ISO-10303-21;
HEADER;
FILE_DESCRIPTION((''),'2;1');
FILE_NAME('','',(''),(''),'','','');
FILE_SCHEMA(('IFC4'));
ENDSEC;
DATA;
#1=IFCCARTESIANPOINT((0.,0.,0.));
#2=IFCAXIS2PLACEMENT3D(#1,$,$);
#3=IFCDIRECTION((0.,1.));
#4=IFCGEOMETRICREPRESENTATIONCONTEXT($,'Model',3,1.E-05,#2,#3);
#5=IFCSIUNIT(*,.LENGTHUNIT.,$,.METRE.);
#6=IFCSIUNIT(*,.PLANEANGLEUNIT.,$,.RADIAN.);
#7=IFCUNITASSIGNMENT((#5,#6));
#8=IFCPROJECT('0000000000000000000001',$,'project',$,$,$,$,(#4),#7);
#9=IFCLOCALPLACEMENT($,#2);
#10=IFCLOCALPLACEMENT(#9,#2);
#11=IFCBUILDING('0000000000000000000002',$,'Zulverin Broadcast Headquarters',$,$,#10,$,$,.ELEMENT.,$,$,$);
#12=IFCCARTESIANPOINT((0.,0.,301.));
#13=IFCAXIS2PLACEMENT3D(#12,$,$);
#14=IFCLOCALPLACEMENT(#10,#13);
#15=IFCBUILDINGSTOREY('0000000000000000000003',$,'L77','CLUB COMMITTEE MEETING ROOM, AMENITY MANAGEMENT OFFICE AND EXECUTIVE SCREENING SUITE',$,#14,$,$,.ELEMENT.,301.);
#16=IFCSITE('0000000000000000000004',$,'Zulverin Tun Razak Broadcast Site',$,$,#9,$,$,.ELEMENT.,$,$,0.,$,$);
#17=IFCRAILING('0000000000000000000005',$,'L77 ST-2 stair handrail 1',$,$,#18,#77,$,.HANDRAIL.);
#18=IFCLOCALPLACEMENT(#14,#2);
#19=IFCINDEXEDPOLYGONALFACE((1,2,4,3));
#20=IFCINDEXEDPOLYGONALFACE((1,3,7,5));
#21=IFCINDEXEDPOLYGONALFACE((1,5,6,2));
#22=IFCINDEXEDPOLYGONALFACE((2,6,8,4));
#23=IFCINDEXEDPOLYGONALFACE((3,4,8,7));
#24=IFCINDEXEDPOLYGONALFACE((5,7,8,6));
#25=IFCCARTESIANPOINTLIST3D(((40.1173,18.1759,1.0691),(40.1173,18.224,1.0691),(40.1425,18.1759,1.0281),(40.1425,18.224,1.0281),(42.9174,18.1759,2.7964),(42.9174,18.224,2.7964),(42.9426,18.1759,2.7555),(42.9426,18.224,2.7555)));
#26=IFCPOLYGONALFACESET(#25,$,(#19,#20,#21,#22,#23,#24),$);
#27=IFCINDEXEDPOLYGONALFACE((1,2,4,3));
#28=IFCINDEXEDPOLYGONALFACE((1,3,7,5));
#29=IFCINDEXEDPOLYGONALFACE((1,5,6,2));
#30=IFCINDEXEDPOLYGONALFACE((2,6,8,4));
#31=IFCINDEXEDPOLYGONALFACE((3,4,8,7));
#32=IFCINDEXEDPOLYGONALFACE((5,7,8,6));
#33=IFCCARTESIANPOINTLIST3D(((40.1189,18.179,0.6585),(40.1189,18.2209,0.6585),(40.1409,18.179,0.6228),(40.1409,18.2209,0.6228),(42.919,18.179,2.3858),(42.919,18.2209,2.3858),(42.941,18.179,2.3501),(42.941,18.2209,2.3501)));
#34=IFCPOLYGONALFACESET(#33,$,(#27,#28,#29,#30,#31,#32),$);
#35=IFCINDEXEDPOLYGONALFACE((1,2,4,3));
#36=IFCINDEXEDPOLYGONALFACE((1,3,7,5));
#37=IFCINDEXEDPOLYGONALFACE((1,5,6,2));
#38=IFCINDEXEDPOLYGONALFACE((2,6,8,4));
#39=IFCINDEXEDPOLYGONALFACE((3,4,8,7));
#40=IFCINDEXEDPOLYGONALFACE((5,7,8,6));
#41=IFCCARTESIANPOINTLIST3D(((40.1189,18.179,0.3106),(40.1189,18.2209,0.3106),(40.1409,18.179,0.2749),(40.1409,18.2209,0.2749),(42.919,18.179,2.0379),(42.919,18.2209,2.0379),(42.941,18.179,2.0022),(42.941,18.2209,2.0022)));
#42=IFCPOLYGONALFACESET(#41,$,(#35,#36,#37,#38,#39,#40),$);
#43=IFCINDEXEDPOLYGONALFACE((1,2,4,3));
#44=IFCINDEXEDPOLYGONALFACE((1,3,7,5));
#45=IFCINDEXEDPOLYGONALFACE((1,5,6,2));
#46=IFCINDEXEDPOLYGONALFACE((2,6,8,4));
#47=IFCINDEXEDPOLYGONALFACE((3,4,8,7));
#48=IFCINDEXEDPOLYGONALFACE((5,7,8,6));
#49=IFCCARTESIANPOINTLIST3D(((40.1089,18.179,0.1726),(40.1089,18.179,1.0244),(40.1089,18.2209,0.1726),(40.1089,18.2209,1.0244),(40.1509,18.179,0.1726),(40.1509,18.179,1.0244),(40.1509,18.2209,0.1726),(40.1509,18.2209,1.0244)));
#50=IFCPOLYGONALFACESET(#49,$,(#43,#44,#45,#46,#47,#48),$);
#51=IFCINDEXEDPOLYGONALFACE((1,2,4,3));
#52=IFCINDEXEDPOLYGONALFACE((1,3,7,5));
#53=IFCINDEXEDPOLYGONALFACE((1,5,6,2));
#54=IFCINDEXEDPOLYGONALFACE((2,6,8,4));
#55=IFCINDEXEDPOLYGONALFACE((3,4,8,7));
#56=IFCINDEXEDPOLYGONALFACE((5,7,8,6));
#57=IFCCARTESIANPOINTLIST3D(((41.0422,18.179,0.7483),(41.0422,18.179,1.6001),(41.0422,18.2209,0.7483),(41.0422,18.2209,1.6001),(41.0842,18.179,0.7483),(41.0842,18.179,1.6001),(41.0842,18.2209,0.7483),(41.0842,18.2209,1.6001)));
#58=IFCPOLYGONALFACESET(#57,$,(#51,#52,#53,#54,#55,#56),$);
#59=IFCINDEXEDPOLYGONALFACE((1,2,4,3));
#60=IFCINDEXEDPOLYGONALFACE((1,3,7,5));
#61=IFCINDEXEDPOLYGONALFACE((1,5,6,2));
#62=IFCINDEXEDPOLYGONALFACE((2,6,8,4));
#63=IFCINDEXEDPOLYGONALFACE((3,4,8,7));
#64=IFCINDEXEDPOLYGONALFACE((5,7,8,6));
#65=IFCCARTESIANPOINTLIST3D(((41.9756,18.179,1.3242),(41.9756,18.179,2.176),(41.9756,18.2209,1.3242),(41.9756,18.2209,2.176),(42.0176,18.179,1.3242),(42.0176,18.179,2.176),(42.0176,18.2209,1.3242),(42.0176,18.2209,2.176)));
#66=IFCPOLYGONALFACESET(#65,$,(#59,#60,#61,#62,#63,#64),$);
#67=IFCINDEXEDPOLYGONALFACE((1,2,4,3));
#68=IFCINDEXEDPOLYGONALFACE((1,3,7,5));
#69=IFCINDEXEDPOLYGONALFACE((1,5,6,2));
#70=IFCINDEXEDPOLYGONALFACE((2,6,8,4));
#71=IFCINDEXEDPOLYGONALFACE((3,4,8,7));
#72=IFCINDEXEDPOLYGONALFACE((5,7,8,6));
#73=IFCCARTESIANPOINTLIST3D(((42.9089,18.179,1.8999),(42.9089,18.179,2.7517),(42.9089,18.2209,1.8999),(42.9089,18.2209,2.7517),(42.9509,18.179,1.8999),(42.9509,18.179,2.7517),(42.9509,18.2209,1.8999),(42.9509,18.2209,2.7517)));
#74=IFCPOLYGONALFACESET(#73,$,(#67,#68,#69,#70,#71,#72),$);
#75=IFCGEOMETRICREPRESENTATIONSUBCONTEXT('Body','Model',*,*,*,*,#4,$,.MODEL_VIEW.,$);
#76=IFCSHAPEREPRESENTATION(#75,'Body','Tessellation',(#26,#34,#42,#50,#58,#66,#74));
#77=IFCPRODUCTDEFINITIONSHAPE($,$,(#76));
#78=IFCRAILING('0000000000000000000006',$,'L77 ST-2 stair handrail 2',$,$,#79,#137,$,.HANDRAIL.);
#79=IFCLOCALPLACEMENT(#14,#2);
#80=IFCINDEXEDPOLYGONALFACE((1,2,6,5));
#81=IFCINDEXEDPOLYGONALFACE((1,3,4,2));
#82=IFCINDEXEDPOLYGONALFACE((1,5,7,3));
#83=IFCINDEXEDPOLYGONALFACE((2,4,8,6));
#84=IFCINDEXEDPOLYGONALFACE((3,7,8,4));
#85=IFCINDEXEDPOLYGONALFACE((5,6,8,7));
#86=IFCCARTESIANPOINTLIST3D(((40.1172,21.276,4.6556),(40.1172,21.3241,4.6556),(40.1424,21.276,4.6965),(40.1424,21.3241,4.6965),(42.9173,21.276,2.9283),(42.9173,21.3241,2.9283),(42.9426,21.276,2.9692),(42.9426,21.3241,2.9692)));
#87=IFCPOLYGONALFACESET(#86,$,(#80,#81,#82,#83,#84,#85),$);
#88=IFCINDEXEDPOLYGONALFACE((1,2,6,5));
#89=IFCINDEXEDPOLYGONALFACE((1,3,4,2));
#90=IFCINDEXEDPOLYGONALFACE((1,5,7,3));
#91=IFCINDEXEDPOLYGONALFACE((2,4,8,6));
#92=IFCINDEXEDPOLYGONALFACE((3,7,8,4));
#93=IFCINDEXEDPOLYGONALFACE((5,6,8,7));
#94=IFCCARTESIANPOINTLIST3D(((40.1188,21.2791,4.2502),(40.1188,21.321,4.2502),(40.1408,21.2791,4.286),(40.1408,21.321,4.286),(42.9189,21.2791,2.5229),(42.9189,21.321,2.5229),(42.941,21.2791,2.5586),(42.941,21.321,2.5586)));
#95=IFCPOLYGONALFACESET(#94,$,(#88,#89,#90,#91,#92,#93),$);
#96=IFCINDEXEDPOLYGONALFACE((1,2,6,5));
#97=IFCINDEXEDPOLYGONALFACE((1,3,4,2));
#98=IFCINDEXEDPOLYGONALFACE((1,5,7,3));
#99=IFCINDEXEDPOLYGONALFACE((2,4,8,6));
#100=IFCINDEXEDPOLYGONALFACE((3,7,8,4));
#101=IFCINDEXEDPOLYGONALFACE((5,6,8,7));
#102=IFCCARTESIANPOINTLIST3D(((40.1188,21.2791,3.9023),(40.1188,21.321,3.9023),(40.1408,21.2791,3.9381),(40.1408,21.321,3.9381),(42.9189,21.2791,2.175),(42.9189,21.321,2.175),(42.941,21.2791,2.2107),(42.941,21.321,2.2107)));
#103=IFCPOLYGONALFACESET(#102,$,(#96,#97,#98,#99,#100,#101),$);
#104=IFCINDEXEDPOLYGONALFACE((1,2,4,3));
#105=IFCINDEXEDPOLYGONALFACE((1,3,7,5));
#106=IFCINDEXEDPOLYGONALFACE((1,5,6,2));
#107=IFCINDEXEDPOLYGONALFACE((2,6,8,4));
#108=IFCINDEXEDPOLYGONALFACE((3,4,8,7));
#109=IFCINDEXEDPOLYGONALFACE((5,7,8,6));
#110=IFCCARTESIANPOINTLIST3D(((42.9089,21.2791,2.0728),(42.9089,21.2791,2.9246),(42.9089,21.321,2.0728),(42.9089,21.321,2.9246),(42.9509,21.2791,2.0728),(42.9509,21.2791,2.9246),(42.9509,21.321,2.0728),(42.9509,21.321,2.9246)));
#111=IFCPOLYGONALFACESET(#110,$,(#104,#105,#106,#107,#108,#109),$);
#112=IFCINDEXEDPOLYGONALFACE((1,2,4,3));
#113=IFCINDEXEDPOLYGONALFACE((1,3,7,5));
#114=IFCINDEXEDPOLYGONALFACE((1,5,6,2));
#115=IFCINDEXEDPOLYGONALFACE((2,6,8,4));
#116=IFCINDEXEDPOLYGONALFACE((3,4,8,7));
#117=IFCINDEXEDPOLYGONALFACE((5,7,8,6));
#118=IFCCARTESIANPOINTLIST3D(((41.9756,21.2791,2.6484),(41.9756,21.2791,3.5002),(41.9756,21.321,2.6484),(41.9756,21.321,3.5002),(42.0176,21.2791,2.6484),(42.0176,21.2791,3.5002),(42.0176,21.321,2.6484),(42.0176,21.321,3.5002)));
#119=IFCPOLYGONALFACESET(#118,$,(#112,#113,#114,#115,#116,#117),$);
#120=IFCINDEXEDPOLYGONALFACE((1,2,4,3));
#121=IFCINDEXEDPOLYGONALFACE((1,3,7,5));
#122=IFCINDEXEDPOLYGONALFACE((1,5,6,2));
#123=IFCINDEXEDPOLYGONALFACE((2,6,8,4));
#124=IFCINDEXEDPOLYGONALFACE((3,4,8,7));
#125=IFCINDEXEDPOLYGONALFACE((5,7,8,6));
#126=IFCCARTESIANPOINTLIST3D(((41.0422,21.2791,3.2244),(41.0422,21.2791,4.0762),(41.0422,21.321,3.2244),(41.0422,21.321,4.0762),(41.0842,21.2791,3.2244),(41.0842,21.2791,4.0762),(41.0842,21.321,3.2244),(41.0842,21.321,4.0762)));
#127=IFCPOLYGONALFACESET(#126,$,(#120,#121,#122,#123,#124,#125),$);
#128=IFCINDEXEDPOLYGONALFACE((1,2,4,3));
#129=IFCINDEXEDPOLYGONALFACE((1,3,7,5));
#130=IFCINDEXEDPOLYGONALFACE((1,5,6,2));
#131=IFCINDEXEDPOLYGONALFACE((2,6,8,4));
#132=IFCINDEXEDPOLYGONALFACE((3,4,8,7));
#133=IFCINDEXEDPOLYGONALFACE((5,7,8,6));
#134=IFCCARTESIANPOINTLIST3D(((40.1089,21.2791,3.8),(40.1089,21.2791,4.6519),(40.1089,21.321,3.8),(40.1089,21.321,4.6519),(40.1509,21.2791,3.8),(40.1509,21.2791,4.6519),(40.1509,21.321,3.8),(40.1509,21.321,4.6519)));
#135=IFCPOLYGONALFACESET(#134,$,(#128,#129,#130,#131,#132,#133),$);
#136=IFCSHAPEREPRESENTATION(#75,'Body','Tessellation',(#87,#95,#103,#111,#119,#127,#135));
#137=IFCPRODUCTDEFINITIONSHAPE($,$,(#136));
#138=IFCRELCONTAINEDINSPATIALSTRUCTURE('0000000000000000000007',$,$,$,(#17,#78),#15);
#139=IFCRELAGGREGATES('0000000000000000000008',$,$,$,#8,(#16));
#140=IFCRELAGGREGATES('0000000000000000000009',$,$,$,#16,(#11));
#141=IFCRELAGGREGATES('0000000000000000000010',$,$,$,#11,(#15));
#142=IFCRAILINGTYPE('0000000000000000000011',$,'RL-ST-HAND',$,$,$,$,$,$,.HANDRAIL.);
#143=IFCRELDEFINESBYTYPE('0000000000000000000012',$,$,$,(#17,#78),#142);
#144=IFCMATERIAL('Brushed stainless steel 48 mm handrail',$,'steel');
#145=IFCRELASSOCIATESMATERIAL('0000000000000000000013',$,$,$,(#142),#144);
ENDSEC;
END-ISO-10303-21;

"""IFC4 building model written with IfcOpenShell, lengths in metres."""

from ifc_helpers import new_model, si_unit, direction, frame, origin, origin_2d, place, context, subcontext, project, spatial, rectangle, extrude, material, type_object, element, save


model = new_model("IFC4")

# Units and contexts
model_context = context("Model", 3, precision=1e-05, world=origin(), true_north=direction((0.0, 1.0)))
body_context = subcontext(model_context, "Body", "Model", "MODEL_VIEW")
ifc_project = project(units=[si_unit("LENGTHUNIT", "METRE"), si_unit("PLANEANGLEUNIT", "RADIAN")], contexts=[model_context])

# Site, building, storey
site_placement = place(None, origin())
site = spatial("IfcSite", under=ifc_project, at=site_placement, Name="Zulverin Tun Razak Broadcast Site", CompositionType="ELEMENT", RefElevation=0.0)
building_placement = place(site_placement, origin())
building = spatial("IfcBuilding", under=site, at=building_placement, Name="Zulverin Broadcast Headquarters", CompositionType="ELEMENT")
storey_placement = place(building_placement, frame((0.0, 0.0, 301.0)))
storey = spatial("IfcBuildingStorey", under=building, at=storey_placement, Name="L77", Description="CLUB COMMITTEE MEETING ROOM, AMENITY MANAGEMENT OFFICE AND EXECUTIVE SCREENING SUITE", CompositionType="ELEMENT", Elevation=301.0)

# Railings
ifc_material_1 = material(Name="Brushed stainless steel 48 mm handrail", Category="steel")
railing_type_1 = type_object("IfcRailingType", Name="RL-ST-HAND", PredefinedType="HANDRAIL", material=ifc_material_1)
railing_1_placement = place(storey_placement, frame((40.1299, 18.2, 0.1726)))
element("IfcRailing", 1, at=railing_1_placement, inside=storey, type_object=railing_type_1, Name="L77 ST-2 stair handrail 1", PredefinedType="HANDRAIL", context=body_context, shape_type="SweptSolid", body=[
    extrude(rectangle(XDim=0.0481, YDim=0.0481, at=origin_2d()), frame((0.0, 0.0, 0.876), z_axis=(0.85109, 0.0, 0.52502), x_axis=(0.0, 1.0, 0.0)), (0.0, 0.0, 1.0), 3.29),
    extrude(rectangle(XDim=0.042, YDim=0.042, at=origin_2d()), frame((0.0, 0.0, 0.468), z_axis=(0.85109, 0.0, 0.52502), x_axis=(0.0, 1.0, 0.0)), (0.0, 0.0, 1.0), 3.29),
    extrude(rectangle(XDim=0.042, YDim=0.042, at=origin_2d()), frame((0.0, 0.0, 0.1201), z_axis=(0.85109, 0.0, 0.52502), x_axis=(0.0, 1.0, 0.0)), (0.0, 0.0, 1.0), 3.29),
    extrude(rectangle(XDim=0.042, YDim=0.042, at=origin_2d()), origin(), (0.0, 0.0, 1.0), 0.8518),
    extrude(rectangle(XDim=0.042, YDim=0.042, at=origin_2d()), frame((0.9333, 0.0, 0.5757)), (0.0, 0.0, 1.0), 0.8518),
    extrude(rectangle(XDim=0.042, YDim=0.042, at=origin_2d()), frame((1.8667, 0.0, 1.1516)), (0.0, 0.0, 1.0), 0.8518),
    extrude(rectangle(XDim=0.042, YDim=0.042, at=origin_2d()), frame((2.8, 0.0, 1.7273)), (0.0, 0.0, 1.0), 0.8518),
])
railing_2_placement = place(storey_placement, frame((42.9299, 21.3, 2.0728)))
element("IfcRailing", 2, at=railing_2_placement, inside=storey, type_object=railing_type_1, Name="L77 ST-2 stair handrail 2", PredefinedType="HANDRAIL", context=body_context, shape_type="SweptSolid", body=[
    extrude(rectangle(XDim=0.0481, YDim=0.0481, at=origin_2d()), frame((0.0, 0.0, 0.876), z_axis=(-0.85109, 0.0, 0.52502), x_axis=(0.0, -1.0, 0.0)), (0.0, 0.0, 1.0), 3.29),
    extrude(rectangle(XDim=0.042, YDim=0.042, at=origin_2d()), frame((0.0, 0.0, 0.468), z_axis=(-0.85109, 0.0, 0.52502), x_axis=(0.0, -1.0, 0.0)), (0.0, 0.0, 1.0), 3.29),
    extrude(rectangle(XDim=0.042, YDim=0.042, at=origin_2d()), frame((0.0, 0.0, 0.1201), z_axis=(-0.85109, 0.0, 0.52502), x_axis=(0.0, -1.0, 0.0)), (0.0, 0.0, 1.0), 3.29),
    extrude(rectangle(XDim=0.042, YDim=0.042, at=origin_2d()), origin(), (0.0, 0.0, 1.0), 0.8518),
    extrude(rectangle(XDim=0.042, YDim=0.042, at=origin_2d()), frame((-0.9333, 0.0, 0.5757)), (0.0, 0.0, 1.0), 0.8518),
    extrude(rectangle(XDim=0.042, YDim=0.042, at=origin_2d()), frame((-1.8667, 0.0, 1.1516)), (0.0, 0.0, 1.0), 0.8518),
    extrude(rectangle(XDim=0.042, YDim=0.042, at=origin_2d()), frame((-2.8, 0.0, 1.7273)), (0.0, 0.0, 1.0), 0.8518),
])

save(model, "model.ifc")
